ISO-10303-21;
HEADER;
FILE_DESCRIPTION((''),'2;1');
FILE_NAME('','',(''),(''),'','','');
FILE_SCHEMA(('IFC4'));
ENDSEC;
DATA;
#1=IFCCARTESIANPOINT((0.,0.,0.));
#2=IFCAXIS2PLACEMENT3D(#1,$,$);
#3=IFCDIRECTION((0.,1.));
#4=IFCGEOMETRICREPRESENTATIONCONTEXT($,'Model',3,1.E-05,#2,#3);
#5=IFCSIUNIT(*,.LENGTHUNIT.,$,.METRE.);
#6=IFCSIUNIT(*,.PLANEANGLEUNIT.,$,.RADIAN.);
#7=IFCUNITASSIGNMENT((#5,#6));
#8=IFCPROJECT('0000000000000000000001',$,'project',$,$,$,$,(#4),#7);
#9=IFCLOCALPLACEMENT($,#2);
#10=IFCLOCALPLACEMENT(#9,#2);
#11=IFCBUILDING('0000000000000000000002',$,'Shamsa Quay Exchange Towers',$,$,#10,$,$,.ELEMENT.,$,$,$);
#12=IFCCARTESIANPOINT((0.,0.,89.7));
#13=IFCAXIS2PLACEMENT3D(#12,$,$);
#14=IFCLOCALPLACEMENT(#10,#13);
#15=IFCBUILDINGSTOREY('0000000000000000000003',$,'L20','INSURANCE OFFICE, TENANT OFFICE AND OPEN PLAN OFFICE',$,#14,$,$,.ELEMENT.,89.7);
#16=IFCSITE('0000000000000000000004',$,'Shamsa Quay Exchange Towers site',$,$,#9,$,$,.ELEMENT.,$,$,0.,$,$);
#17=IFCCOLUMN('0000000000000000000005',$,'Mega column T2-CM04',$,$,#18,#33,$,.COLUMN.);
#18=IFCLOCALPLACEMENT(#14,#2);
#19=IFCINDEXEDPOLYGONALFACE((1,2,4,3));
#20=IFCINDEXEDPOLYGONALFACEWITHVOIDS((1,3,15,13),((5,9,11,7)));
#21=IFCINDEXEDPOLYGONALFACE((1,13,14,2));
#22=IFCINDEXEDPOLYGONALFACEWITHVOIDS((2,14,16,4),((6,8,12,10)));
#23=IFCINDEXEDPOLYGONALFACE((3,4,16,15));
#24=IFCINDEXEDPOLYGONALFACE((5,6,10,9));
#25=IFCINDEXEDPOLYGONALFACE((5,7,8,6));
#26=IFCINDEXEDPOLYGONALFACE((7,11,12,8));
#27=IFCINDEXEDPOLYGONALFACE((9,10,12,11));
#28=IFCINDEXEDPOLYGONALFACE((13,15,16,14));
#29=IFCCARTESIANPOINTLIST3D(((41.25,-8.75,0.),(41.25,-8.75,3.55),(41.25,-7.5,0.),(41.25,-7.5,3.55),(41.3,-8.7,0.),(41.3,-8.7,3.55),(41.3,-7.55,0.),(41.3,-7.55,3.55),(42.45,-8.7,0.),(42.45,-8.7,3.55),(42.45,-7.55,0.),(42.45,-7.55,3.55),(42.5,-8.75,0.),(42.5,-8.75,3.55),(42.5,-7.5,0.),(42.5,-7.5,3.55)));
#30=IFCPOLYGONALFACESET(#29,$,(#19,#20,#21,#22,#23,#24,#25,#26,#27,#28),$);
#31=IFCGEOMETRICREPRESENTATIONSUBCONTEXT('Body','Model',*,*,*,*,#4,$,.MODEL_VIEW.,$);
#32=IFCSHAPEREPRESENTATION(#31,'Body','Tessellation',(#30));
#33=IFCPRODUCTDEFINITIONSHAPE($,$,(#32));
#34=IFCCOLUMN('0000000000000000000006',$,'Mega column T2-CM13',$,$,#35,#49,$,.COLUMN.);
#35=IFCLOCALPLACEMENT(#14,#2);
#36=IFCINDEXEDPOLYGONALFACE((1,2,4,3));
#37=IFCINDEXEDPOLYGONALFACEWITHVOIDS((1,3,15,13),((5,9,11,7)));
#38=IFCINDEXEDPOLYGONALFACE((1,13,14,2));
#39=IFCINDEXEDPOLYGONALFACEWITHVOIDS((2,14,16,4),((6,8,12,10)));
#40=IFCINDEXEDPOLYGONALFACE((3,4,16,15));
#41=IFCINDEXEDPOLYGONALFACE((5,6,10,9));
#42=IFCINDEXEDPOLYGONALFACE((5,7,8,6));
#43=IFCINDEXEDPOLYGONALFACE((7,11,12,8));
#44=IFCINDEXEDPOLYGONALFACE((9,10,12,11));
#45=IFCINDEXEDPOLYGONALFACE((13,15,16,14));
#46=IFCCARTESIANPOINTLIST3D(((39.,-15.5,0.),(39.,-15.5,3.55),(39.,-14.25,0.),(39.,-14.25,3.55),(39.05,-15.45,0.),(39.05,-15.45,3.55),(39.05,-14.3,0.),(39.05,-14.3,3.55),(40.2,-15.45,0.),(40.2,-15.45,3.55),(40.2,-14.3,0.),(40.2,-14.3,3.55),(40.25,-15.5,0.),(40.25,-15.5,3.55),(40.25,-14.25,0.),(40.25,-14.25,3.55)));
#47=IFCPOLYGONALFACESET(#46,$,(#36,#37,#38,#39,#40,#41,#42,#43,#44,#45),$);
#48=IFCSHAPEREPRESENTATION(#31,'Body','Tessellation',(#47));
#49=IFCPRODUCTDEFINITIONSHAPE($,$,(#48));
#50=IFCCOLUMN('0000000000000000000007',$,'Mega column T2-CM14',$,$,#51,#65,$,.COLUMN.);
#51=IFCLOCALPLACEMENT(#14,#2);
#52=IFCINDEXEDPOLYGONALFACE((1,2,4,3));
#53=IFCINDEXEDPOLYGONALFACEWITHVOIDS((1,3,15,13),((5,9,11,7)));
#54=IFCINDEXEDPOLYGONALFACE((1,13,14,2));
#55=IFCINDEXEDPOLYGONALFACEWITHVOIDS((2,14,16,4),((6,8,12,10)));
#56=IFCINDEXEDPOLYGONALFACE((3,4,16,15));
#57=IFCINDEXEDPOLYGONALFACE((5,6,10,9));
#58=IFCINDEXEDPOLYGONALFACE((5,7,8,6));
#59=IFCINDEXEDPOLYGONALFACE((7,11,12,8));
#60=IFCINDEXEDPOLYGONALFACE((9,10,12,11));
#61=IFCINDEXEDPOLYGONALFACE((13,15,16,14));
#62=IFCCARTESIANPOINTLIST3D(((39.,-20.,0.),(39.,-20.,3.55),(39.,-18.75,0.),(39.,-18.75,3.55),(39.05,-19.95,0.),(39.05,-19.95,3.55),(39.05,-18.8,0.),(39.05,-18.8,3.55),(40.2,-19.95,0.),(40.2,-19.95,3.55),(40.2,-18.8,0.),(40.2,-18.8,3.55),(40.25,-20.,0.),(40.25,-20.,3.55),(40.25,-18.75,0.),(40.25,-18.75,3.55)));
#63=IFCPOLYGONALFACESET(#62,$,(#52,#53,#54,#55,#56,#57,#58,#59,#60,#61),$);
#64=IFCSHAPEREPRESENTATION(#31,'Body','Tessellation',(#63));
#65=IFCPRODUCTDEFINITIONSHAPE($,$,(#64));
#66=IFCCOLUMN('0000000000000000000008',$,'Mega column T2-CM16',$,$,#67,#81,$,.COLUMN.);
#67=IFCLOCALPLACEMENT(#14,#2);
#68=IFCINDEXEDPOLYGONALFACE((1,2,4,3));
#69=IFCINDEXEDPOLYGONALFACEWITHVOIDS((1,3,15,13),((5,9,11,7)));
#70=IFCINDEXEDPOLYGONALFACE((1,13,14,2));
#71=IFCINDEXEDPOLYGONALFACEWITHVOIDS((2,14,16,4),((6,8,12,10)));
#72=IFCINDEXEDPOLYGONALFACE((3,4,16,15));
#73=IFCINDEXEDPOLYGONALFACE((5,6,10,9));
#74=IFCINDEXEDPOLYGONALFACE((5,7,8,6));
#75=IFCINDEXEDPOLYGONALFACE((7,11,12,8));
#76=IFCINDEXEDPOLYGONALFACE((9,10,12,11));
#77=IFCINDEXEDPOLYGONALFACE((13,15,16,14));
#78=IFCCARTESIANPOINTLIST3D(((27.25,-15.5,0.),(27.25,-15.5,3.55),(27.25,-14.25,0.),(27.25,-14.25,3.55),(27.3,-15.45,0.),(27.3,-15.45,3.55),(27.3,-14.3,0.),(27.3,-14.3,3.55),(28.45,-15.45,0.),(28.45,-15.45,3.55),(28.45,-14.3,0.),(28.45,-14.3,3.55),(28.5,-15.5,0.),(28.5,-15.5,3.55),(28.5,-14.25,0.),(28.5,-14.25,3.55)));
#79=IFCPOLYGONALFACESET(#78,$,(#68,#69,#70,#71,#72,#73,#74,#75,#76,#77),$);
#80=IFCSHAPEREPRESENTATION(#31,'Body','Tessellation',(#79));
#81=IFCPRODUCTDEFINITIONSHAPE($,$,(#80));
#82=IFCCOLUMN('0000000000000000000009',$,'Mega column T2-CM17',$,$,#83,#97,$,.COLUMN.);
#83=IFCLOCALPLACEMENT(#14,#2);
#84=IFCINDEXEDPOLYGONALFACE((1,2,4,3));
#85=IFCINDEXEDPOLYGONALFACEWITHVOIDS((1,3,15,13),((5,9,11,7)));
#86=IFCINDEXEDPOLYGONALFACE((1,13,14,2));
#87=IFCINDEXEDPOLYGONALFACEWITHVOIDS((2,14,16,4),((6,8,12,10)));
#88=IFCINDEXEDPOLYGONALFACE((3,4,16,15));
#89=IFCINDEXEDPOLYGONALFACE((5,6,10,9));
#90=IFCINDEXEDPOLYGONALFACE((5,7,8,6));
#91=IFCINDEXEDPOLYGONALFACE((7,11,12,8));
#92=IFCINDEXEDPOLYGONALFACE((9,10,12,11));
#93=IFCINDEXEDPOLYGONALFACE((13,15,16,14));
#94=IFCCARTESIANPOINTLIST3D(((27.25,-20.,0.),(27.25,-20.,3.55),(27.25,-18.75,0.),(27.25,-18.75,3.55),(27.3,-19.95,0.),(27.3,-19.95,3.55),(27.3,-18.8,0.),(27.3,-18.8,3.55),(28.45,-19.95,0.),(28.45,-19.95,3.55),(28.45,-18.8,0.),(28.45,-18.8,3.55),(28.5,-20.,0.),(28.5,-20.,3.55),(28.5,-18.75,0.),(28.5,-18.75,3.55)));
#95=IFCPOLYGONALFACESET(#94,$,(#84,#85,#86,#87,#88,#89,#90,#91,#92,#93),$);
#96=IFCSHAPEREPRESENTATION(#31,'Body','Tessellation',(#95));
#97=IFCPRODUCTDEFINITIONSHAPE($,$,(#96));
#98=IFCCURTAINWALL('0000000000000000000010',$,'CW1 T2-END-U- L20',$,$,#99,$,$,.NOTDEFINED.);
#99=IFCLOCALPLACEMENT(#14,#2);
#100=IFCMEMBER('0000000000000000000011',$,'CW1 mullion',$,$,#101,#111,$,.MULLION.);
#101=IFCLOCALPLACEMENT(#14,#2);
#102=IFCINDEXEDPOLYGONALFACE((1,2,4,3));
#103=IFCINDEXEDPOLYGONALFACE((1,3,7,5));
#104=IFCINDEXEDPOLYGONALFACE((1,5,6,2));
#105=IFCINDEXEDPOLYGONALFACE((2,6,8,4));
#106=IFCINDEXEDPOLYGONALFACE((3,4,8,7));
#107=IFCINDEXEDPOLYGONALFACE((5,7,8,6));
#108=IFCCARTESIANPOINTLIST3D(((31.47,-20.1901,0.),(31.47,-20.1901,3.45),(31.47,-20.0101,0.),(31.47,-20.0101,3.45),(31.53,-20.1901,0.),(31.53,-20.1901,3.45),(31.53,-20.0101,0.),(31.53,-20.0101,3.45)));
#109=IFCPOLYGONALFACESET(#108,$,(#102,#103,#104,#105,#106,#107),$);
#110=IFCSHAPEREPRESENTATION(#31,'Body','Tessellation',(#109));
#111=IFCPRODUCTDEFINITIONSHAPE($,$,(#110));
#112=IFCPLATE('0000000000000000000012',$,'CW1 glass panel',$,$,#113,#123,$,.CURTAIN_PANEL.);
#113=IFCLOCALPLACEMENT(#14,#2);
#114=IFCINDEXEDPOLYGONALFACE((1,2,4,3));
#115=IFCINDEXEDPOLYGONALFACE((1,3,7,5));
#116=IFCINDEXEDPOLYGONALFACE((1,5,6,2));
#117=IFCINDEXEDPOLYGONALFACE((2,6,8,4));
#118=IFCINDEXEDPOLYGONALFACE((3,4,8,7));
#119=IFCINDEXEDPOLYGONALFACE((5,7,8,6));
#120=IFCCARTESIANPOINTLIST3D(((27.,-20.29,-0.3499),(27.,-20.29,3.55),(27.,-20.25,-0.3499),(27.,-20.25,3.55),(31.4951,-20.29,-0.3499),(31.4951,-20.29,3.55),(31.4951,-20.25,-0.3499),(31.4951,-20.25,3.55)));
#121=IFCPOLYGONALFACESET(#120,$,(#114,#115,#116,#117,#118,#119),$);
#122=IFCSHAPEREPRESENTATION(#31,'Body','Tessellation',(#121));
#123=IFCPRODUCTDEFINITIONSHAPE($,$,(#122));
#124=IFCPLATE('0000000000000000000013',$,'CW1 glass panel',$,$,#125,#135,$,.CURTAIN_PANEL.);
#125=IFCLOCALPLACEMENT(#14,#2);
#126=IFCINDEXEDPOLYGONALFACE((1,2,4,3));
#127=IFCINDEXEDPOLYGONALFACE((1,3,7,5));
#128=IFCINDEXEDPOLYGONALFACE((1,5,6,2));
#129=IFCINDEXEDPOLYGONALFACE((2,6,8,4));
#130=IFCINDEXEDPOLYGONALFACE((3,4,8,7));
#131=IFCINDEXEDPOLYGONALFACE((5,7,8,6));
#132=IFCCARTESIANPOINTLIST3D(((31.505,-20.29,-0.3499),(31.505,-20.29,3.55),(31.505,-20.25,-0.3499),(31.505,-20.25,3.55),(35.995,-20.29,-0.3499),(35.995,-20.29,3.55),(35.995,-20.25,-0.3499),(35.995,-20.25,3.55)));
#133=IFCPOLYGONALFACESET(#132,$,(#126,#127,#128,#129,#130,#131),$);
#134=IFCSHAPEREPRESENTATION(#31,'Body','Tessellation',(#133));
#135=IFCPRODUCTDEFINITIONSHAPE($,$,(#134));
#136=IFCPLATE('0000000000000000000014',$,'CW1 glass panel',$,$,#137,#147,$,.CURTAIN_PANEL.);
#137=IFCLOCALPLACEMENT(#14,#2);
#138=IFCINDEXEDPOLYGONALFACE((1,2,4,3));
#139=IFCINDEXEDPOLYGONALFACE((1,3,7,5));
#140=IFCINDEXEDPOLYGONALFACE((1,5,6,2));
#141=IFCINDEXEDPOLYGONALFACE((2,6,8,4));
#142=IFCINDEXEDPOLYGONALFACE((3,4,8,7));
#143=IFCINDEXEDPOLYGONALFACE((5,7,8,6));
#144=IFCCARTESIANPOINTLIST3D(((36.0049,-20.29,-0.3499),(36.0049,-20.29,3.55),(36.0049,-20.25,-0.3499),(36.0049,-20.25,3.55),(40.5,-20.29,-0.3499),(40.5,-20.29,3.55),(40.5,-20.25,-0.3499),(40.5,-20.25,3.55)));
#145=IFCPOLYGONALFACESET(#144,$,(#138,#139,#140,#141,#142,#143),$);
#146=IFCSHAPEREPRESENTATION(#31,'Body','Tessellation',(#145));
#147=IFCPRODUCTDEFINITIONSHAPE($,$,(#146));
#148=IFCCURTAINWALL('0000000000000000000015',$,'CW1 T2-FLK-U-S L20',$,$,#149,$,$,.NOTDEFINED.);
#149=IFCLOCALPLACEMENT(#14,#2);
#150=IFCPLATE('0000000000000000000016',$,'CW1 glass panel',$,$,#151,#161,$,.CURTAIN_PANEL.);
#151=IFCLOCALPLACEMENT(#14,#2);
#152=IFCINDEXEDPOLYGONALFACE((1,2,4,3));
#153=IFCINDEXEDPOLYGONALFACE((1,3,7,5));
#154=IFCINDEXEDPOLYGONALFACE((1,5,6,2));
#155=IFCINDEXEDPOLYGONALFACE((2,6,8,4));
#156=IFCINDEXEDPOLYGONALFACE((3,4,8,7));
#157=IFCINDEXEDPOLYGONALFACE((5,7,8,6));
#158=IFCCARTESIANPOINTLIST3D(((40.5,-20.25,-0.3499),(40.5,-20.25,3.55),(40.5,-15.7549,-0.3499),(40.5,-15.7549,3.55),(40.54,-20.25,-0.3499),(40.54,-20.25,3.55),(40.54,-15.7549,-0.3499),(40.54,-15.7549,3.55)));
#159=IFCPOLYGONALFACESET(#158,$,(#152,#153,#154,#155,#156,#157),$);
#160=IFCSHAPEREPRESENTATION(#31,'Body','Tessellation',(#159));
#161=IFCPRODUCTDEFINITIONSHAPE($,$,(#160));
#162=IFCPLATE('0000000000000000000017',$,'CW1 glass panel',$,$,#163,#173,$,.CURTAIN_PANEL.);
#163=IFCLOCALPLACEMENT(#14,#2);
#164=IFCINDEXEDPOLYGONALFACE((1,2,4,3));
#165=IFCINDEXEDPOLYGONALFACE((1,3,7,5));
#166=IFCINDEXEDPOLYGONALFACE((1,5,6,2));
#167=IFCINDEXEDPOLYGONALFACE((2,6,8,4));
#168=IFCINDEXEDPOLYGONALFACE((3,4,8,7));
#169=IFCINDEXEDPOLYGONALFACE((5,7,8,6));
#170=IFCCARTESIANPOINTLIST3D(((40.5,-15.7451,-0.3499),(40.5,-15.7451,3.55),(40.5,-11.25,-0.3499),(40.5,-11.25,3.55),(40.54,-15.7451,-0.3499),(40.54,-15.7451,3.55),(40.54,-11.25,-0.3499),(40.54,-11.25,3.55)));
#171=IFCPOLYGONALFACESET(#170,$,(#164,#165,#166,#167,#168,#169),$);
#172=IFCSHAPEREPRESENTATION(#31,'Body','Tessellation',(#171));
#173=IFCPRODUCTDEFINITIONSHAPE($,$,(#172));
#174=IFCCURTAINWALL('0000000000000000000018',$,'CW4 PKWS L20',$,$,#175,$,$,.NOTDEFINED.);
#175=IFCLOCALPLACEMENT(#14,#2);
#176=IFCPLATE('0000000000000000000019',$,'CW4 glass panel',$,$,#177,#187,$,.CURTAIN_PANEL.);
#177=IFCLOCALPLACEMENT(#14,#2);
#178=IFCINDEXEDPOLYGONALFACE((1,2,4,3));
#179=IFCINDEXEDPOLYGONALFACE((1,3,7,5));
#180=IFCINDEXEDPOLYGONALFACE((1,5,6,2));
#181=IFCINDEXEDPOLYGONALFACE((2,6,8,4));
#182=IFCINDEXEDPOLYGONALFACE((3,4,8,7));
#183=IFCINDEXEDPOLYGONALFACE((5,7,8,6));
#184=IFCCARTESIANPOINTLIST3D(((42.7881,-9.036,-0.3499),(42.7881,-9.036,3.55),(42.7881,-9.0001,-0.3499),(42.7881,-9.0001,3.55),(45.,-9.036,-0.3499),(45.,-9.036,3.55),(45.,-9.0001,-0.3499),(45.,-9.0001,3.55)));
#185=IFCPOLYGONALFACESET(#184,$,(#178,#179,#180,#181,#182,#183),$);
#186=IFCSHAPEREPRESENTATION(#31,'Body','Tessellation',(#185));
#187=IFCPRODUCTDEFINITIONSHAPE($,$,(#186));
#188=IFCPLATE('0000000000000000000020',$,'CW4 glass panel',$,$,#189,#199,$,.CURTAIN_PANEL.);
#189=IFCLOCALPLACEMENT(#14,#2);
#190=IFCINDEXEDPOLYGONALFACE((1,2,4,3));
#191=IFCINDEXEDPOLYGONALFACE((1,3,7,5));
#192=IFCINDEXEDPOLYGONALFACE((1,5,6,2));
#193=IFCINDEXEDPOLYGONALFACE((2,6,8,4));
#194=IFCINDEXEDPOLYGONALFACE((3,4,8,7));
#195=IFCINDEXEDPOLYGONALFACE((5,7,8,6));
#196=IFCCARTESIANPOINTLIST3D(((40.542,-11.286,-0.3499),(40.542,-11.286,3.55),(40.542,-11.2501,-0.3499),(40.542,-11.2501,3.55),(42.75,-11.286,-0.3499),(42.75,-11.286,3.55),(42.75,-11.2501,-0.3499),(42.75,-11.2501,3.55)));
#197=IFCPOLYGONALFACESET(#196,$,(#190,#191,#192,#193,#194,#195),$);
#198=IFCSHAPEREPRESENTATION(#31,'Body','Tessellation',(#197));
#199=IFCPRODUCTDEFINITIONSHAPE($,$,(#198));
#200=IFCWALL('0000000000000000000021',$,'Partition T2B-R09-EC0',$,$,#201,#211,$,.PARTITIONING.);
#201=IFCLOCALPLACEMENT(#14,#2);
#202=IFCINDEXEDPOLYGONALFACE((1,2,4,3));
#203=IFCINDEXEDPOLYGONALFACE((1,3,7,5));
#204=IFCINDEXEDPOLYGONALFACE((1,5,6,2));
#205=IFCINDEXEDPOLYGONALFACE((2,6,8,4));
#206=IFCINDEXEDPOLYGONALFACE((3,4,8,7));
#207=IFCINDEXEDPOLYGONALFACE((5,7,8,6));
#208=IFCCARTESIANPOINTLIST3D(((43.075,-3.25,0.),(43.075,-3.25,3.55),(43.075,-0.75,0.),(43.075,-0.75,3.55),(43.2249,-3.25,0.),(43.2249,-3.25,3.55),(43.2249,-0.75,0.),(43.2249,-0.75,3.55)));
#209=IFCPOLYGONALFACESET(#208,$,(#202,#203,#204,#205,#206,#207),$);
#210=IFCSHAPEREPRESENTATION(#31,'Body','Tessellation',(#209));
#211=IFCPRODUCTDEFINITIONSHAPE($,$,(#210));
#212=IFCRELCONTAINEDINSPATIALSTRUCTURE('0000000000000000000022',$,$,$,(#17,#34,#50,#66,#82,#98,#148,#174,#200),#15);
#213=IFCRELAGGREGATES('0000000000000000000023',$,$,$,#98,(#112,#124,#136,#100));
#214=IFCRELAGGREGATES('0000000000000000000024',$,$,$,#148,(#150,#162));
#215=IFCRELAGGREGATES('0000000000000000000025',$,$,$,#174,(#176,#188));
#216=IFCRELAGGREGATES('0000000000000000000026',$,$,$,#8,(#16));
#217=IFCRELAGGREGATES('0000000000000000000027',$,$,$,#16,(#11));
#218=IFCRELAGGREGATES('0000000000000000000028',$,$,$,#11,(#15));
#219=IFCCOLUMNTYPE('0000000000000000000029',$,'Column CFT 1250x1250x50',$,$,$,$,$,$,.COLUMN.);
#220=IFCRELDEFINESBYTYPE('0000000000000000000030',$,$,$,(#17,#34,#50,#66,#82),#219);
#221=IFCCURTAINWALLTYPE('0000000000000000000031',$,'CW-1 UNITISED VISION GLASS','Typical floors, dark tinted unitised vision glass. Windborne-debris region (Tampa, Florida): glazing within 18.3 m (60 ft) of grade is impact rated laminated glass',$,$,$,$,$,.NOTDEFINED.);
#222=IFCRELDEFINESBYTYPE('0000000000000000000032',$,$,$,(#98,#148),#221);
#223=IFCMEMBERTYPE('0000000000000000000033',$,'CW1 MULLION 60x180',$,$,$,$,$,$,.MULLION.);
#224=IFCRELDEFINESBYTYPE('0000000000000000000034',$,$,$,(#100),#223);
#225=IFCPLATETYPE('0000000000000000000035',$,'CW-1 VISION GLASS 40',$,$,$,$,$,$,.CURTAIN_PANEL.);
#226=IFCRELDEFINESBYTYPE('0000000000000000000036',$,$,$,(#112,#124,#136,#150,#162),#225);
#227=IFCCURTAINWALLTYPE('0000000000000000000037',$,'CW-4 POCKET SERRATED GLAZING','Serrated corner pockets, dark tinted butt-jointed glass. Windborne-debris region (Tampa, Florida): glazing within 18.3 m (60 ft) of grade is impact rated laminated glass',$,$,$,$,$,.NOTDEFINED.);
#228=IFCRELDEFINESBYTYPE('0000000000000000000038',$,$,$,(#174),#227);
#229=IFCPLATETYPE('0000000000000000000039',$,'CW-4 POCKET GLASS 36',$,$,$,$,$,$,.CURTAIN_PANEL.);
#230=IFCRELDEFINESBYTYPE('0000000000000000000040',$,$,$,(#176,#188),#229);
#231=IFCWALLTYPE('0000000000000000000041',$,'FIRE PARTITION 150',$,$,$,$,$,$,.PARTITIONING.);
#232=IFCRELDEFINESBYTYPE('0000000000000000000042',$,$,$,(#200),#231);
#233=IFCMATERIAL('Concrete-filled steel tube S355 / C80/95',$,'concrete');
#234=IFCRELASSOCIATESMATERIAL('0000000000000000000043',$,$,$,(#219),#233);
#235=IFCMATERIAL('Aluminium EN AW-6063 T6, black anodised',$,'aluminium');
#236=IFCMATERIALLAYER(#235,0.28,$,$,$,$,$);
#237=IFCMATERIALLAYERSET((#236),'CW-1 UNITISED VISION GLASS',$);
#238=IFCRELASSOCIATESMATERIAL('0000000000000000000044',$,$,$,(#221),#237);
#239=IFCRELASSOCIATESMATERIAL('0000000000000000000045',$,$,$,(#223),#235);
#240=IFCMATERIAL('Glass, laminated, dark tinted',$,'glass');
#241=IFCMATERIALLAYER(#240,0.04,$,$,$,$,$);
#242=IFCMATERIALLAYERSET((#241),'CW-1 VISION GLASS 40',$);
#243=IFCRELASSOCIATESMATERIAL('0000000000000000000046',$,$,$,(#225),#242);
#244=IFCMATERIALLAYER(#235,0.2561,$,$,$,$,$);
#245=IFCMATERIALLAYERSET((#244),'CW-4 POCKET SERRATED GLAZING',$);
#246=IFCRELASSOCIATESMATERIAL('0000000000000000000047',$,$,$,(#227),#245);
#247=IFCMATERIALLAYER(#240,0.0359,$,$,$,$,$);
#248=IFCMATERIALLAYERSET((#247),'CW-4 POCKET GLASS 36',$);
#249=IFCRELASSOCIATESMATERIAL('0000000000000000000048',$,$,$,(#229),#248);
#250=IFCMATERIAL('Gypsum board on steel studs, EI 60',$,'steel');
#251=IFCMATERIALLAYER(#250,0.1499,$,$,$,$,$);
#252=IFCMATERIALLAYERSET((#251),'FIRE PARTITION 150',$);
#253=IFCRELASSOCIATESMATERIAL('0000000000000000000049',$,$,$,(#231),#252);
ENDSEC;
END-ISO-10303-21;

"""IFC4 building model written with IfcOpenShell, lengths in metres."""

from ifc_helpers import new_model, si_unit, direction, frame, frame_2d, origin, origin_2d, place, context, subcontext, project, spatial, rectangle, hollow_rectangle, extrude, material, layer, layer_set, material_profile, profile_set, type_object, element, aggregate, save


model = new_model("IFC4")

# Units and contexts
model_context = context("Model", 3, precision=1e-05, world=origin(), true_north=direction((0.0, 1.0)))
body_context = subcontext(model_context, "Body", "Model", "MODEL_VIEW")
ifc_project = project(units=[si_unit("LENGTHUNIT", "METRE"), si_unit("PLANEANGLEUNIT", "RADIAN")], contexts=[model_context])

# Site, building, storey
site_placement = place(None, origin())
site = spatial("IfcSite", under=ifc_project, at=site_placement, Name="Shamsa Quay Exchange Towers site", CompositionType="ELEMENT", RefElevation=0.0)
building_placement = place(site_placement, origin())
building = spatial("IfcBuilding", under=site, at=building_placement, Name="Shamsa Quay Exchange Towers", CompositionType="ELEMENT")
storey_placement = place(building_placement, frame((0.0, 0.0, 89.7)))
storey = spatial("IfcBuildingStorey", under=building, at=storey_placement, Name="L20", Description="INSURANCE OFFICE, TENANT OFFICE AND OPEN PLAN OFFICE", CompositionType="ELEMENT", Elevation=89.7)

# Columns
ifc_material_1 = material(Name="Concrete-filled steel tube S355 / C80/95", Category="concrete")
ifc_material_profile_1 = material_profile(ifc_material_1, hollow_rectangle(XDim=1.25, YDim=1.25, WallThickness=0.05, at=origin_2d()), Name="CFT 1250x1250x50")
ifc_profile_set_1 = profile_set([ifc_material_profile_1], Name="Concrete-filled steel tube S355 / C80/95")
column_type = type_object("IfcColumnType", Name="Column CFT 1250x1250x50", PredefinedType="COLUMN", material=ifc_profile_set_1)
for number, where, name in (
    (1, (41.875, -8.125, 0.0), "Mega column T2-CM04"),
    (2, (39.625, -14.875, 0.0), "Mega column T2-CM13"),
    (3, (39.625, -19.375, 0.0), "Mega column T2-CM14"),
    (4, (27.875, -14.875, 0.0), "Mega column T2-CM16"),
    (5, (27.875, -19.375, 0.0), "Mega column T2-CM17"),
):
    element("IfcColumn", number, at=place(storey_placement, frame(where)), inside=storey, type_object=column_type, Name=name, PredefinedType="COLUMN", context=body_context, shape_type="SweptSolid", body=[
        extrude(hollow_rectangle(XDim=1.25, YDim=1.25, WallThickness=0.05, at=origin_2d()), origin(), (0.0, 0.0, 1.0), 3.55),
    ])

# Curtain wall, member, plates
ifc_material_2 = material(Name="Aluminium EN AW-6063 T6, black anodised", Category="aluminium")
ifc_layer_1 = layer(ifc_material_2, 0.28)
ifc_layer_set_1 = layer_set([ifc_layer_1], Name="CW-1 UNITISED VISION GLASS")
curtain_wall_type_1 = type_object("IfcCurtainWallType", Name="CW-1 UNITISED VISION GLASS", Description="Typical floors, dark tinted unitised vision glass. Windborne-debris region (Tampa, Florida): glazing within 18.3 m (60 ft) of grade is impact rated laminated glass", PredefinedType="NOTDEFINED", material=ifc_layer_set_1)
curtain_wall_1_placement = place(storey_placement, origin())
curtain_wall_1 = element("IfcCurtainWall", 6, at=curtain_wall_1_placement, inside=storey, type_object=curtain_wall_type_1, Name="CW1 T2-END-U- L20", PredefinedType="NOTDEFINED")
ifc_material_profile_2 = material_profile(ifc_material_2, rectangle(XDim=0.1799, YDim=0.0601, at=origin_2d()), Name="MU60x180")
ifc_profile_set_2 = profile_set([ifc_material_profile_2], Name="Aluminium EN AW-6063 T6, black anodised")
member_type = type_object("IfcMemberType", Name="CW1 MULLION 60x180", PredefinedType="MULLION", material=ifc_profile_set_2)
member_placement = place(storey_placement, frame((31.5, -20.1001, 0.0), z_axis=(0.0, 0.0, 1.0), x_axis=(0.0, 1.0, 0.0)))
member = element("IfcMember", 7, at=member_placement, type_object=member_type, Name="CW1 mullion", PredefinedType="MULLION", context=body_context, shape_type="SweptSolid", body=[
    extrude(rectangle(XDim=0.1799, YDim=0.0601, at=origin_2d()), origin(), (0.0, 0.0, 1.0), 3.45),
])
ifc_material_3 = material(Name="Glass, laminated, dark tinted", Category="glass")
ifc_layer_2 = layer(ifc_material_3, 0.04)
ifc_layer_set_2 = layer_set([ifc_layer_2], Name="CW-1 VISION GLASS 40")
plate_type_1 = type_object("IfcPlateType", Name="CW-1 VISION GLASS 40", PredefinedType="CURTAIN_PANEL", material=ifc_layer_set_2)
plate_1_placement = place(storey_placement, frame((29.2476, -20.27, -0.3499)))
plate_1 = element("IfcPlate", 8, at=plate_1_placement, type_object=plate_type_1, Name="CW1 glass panel", PredefinedType="CURTAIN_PANEL", context=body_context, shape_type="SweptSolid", body=[
    extrude(rectangle(XDim=4.4951, YDim=0.04, at=origin_2d()), origin(), (0.0, 0.0, 1.0), 3.8999),
])
plate_2_placement = place(storey_placement, frame((33.75, -20.27, -0.3499)))
plate_2 = element("IfcPlate", 9, at=plate_2_placement, type_object=plate_type_1, Name="CW1 glass panel", PredefinedType="CURTAIN_PANEL", context=body_context, shape_type="SweptSolid", body=[
    extrude(rectangle(XDim=4.49, YDim=0.04, at=origin_2d()), origin(), (0.0, 0.0, 1.0), 3.8999),
])
plate_3_placement = place(storey_placement, frame((38.2524, -20.27, -0.3499)))
plate_3 = element("IfcPlate", 10, at=plate_3_placement, type_object=plate_type_1, Name="CW1 glass panel", PredefinedType="CURTAIN_PANEL", context=body_context, shape_type="SweptSolid", body=[
    extrude(rectangle(XDim=4.4951, YDim=0.04, at=origin_2d()), origin(), (0.0, 0.0, 1.0), 3.8999),
])
aggregate(curtain_wall_1, [plate_1, plate_2, plate_3, member])

# Curtain walls, plates
curtain_wall_2_placement = place(storey_placement, origin())
curtain_wall_2 = element("IfcCurtainWall", 11, at=curtain_wall_2_placement, inside=storey, type_object=curtain_wall_type_1, Name="CW1 T2-FLK-U-S L20", PredefinedType="NOTDEFINED")
plate_4_placement = place(storey_placement, frame((40.52, -18.0024, -0.3499), z_axis=(0.0, 0.0, 1.0), x_axis=(0.0, 1.0, 0.0)))
plate_4 = element("IfcPlate", 12, at=plate_4_placement, type_object=plate_type_1, Name="CW1 glass panel", PredefinedType="CURTAIN_PANEL", context=body_context, shape_type="SweptSolid", body=[
    extrude(rectangle(XDim=4.4951, YDim=0.04, at=origin_2d()), origin(), (0.0, 0.0, 1.0), 3.8999),
])
plate_5_placement = place(storey_placement, frame((40.52, -13.4976, -0.3499), z_axis=(0.0, 0.0, 1.0), x_axis=(0.0, 1.0, 0.0)))
plate_5 = element("IfcPlate", 13, at=plate_5_placement, type_object=plate_type_1, Name="CW1 glass panel", PredefinedType="CURTAIN_PANEL", context=body_context, shape_type="SweptSolid", body=[
    extrude(rectangle(XDim=4.4951, YDim=0.04, at=origin_2d()), origin(), (0.0, 0.0, 1.0), 3.8999),
])
aggregate(curtain_wall_2, [plate_4, plate_5])
ifc_layer_3 = layer(ifc_material_2, 0.2561)
ifc_layer_set_3 = layer_set([ifc_layer_3], Name="CW-4 POCKET SERRATED GLAZING")
curtain_wall_type_2 = type_object("IfcCurtainWallType", Name="CW-4 POCKET SERRATED GLAZING", Description="Serrated corner pockets, dark tinted butt-jointed glass. Windborne-debris region (Tampa, Florida): glazing within 18.3 m (60 ft) of grade is impact rated laminated glass", PredefinedType="NOTDEFINED", material=ifc_layer_set_3)
curtain_wall_3_placement = place(storey_placement, origin())
curtain_wall_3 = element("IfcCurtainWall", 14, at=curtain_wall_3_placement, inside=storey, type_object=curtain_wall_type_2, Name="CW4 PKWS L20", PredefinedType="NOTDEFINED")
ifc_layer_4 = layer(ifc_material_3, 0.0359)
ifc_layer_set_4 = layer_set([ifc_layer_4], Name="CW-4 POCKET GLASS 36")
plate_type_2 = type_object("IfcPlateType", Name="CW-4 POCKET GLASS 36", PredefinedType="CURTAIN_PANEL", material=ifc_layer_set_4)
plate_6_placement = place(storey_placement, frame((43.894, -9.0181, -0.3499)))
plate_6 = element("IfcPlate", 15, at=plate_6_placement, type_object=plate_type_2, Name="CW4 glass panel", PredefinedType="CURTAIN_PANEL", context=body_context, shape_type="SweptSolid", body=[
    extrude(rectangle(XDim=2.2119, YDim=0.0359, at=origin_2d()), origin(), (0.0, 0.0, 1.0), 3.8999),
])
plate_7_placement = place(storey_placement, frame((41.646, -11.2681, -0.3499)))
plate_7 = element("IfcPlate", 16, at=plate_7_placement, type_object=plate_type_2, Name="CW4 glass panel", PredefinedType="CURTAIN_PANEL", context=body_context, shape_type="SweptSolid", body=[
    extrude(rectangle(XDim=2.208, YDim=0.0359, at=origin_2d()), origin(), (0.0, 0.0, 1.0), 3.8999),
])
aggregate(curtain_wall_3, [plate_6, plate_7])

# Wall
ifc_material_4 = material(Name="Gypsum board on steel studs, EI 60", Category="steel")
ifc_layer_5 = layer(ifc_material_4, 0.1499)
ifc_layer_set_5 = layer_set([ifc_layer_5], Name="FIRE PARTITION 150")
wall_type_1 = type_object("IfcWallType", Name="FIRE PARTITION 150", PredefinedType="PARTITIONING", material=ifc_layer_set_5)
wall_1_placement = place(storey_placement, frame((43.1499, -3.25, 0.0), z_axis=(0.0, 0.0, 1.0), x_axis=(0.0, 1.0, 0.0)))
element("IfcWall", 17, at=wall_1_placement, inside=storey, type_object=wall_type_1, Name="Partition T2B-R09-EC0", PredefinedType="PARTITIONING", context=body_context, shape_type="SweptSolid", body=[
    extrude(rectangle(XDim=2.5, YDim=0.1499, at=frame_2d((1.25, 0.0))), origin(), (0.0, 0.0, 1.0), 3.55),
])

save(model, "model.ifc")
